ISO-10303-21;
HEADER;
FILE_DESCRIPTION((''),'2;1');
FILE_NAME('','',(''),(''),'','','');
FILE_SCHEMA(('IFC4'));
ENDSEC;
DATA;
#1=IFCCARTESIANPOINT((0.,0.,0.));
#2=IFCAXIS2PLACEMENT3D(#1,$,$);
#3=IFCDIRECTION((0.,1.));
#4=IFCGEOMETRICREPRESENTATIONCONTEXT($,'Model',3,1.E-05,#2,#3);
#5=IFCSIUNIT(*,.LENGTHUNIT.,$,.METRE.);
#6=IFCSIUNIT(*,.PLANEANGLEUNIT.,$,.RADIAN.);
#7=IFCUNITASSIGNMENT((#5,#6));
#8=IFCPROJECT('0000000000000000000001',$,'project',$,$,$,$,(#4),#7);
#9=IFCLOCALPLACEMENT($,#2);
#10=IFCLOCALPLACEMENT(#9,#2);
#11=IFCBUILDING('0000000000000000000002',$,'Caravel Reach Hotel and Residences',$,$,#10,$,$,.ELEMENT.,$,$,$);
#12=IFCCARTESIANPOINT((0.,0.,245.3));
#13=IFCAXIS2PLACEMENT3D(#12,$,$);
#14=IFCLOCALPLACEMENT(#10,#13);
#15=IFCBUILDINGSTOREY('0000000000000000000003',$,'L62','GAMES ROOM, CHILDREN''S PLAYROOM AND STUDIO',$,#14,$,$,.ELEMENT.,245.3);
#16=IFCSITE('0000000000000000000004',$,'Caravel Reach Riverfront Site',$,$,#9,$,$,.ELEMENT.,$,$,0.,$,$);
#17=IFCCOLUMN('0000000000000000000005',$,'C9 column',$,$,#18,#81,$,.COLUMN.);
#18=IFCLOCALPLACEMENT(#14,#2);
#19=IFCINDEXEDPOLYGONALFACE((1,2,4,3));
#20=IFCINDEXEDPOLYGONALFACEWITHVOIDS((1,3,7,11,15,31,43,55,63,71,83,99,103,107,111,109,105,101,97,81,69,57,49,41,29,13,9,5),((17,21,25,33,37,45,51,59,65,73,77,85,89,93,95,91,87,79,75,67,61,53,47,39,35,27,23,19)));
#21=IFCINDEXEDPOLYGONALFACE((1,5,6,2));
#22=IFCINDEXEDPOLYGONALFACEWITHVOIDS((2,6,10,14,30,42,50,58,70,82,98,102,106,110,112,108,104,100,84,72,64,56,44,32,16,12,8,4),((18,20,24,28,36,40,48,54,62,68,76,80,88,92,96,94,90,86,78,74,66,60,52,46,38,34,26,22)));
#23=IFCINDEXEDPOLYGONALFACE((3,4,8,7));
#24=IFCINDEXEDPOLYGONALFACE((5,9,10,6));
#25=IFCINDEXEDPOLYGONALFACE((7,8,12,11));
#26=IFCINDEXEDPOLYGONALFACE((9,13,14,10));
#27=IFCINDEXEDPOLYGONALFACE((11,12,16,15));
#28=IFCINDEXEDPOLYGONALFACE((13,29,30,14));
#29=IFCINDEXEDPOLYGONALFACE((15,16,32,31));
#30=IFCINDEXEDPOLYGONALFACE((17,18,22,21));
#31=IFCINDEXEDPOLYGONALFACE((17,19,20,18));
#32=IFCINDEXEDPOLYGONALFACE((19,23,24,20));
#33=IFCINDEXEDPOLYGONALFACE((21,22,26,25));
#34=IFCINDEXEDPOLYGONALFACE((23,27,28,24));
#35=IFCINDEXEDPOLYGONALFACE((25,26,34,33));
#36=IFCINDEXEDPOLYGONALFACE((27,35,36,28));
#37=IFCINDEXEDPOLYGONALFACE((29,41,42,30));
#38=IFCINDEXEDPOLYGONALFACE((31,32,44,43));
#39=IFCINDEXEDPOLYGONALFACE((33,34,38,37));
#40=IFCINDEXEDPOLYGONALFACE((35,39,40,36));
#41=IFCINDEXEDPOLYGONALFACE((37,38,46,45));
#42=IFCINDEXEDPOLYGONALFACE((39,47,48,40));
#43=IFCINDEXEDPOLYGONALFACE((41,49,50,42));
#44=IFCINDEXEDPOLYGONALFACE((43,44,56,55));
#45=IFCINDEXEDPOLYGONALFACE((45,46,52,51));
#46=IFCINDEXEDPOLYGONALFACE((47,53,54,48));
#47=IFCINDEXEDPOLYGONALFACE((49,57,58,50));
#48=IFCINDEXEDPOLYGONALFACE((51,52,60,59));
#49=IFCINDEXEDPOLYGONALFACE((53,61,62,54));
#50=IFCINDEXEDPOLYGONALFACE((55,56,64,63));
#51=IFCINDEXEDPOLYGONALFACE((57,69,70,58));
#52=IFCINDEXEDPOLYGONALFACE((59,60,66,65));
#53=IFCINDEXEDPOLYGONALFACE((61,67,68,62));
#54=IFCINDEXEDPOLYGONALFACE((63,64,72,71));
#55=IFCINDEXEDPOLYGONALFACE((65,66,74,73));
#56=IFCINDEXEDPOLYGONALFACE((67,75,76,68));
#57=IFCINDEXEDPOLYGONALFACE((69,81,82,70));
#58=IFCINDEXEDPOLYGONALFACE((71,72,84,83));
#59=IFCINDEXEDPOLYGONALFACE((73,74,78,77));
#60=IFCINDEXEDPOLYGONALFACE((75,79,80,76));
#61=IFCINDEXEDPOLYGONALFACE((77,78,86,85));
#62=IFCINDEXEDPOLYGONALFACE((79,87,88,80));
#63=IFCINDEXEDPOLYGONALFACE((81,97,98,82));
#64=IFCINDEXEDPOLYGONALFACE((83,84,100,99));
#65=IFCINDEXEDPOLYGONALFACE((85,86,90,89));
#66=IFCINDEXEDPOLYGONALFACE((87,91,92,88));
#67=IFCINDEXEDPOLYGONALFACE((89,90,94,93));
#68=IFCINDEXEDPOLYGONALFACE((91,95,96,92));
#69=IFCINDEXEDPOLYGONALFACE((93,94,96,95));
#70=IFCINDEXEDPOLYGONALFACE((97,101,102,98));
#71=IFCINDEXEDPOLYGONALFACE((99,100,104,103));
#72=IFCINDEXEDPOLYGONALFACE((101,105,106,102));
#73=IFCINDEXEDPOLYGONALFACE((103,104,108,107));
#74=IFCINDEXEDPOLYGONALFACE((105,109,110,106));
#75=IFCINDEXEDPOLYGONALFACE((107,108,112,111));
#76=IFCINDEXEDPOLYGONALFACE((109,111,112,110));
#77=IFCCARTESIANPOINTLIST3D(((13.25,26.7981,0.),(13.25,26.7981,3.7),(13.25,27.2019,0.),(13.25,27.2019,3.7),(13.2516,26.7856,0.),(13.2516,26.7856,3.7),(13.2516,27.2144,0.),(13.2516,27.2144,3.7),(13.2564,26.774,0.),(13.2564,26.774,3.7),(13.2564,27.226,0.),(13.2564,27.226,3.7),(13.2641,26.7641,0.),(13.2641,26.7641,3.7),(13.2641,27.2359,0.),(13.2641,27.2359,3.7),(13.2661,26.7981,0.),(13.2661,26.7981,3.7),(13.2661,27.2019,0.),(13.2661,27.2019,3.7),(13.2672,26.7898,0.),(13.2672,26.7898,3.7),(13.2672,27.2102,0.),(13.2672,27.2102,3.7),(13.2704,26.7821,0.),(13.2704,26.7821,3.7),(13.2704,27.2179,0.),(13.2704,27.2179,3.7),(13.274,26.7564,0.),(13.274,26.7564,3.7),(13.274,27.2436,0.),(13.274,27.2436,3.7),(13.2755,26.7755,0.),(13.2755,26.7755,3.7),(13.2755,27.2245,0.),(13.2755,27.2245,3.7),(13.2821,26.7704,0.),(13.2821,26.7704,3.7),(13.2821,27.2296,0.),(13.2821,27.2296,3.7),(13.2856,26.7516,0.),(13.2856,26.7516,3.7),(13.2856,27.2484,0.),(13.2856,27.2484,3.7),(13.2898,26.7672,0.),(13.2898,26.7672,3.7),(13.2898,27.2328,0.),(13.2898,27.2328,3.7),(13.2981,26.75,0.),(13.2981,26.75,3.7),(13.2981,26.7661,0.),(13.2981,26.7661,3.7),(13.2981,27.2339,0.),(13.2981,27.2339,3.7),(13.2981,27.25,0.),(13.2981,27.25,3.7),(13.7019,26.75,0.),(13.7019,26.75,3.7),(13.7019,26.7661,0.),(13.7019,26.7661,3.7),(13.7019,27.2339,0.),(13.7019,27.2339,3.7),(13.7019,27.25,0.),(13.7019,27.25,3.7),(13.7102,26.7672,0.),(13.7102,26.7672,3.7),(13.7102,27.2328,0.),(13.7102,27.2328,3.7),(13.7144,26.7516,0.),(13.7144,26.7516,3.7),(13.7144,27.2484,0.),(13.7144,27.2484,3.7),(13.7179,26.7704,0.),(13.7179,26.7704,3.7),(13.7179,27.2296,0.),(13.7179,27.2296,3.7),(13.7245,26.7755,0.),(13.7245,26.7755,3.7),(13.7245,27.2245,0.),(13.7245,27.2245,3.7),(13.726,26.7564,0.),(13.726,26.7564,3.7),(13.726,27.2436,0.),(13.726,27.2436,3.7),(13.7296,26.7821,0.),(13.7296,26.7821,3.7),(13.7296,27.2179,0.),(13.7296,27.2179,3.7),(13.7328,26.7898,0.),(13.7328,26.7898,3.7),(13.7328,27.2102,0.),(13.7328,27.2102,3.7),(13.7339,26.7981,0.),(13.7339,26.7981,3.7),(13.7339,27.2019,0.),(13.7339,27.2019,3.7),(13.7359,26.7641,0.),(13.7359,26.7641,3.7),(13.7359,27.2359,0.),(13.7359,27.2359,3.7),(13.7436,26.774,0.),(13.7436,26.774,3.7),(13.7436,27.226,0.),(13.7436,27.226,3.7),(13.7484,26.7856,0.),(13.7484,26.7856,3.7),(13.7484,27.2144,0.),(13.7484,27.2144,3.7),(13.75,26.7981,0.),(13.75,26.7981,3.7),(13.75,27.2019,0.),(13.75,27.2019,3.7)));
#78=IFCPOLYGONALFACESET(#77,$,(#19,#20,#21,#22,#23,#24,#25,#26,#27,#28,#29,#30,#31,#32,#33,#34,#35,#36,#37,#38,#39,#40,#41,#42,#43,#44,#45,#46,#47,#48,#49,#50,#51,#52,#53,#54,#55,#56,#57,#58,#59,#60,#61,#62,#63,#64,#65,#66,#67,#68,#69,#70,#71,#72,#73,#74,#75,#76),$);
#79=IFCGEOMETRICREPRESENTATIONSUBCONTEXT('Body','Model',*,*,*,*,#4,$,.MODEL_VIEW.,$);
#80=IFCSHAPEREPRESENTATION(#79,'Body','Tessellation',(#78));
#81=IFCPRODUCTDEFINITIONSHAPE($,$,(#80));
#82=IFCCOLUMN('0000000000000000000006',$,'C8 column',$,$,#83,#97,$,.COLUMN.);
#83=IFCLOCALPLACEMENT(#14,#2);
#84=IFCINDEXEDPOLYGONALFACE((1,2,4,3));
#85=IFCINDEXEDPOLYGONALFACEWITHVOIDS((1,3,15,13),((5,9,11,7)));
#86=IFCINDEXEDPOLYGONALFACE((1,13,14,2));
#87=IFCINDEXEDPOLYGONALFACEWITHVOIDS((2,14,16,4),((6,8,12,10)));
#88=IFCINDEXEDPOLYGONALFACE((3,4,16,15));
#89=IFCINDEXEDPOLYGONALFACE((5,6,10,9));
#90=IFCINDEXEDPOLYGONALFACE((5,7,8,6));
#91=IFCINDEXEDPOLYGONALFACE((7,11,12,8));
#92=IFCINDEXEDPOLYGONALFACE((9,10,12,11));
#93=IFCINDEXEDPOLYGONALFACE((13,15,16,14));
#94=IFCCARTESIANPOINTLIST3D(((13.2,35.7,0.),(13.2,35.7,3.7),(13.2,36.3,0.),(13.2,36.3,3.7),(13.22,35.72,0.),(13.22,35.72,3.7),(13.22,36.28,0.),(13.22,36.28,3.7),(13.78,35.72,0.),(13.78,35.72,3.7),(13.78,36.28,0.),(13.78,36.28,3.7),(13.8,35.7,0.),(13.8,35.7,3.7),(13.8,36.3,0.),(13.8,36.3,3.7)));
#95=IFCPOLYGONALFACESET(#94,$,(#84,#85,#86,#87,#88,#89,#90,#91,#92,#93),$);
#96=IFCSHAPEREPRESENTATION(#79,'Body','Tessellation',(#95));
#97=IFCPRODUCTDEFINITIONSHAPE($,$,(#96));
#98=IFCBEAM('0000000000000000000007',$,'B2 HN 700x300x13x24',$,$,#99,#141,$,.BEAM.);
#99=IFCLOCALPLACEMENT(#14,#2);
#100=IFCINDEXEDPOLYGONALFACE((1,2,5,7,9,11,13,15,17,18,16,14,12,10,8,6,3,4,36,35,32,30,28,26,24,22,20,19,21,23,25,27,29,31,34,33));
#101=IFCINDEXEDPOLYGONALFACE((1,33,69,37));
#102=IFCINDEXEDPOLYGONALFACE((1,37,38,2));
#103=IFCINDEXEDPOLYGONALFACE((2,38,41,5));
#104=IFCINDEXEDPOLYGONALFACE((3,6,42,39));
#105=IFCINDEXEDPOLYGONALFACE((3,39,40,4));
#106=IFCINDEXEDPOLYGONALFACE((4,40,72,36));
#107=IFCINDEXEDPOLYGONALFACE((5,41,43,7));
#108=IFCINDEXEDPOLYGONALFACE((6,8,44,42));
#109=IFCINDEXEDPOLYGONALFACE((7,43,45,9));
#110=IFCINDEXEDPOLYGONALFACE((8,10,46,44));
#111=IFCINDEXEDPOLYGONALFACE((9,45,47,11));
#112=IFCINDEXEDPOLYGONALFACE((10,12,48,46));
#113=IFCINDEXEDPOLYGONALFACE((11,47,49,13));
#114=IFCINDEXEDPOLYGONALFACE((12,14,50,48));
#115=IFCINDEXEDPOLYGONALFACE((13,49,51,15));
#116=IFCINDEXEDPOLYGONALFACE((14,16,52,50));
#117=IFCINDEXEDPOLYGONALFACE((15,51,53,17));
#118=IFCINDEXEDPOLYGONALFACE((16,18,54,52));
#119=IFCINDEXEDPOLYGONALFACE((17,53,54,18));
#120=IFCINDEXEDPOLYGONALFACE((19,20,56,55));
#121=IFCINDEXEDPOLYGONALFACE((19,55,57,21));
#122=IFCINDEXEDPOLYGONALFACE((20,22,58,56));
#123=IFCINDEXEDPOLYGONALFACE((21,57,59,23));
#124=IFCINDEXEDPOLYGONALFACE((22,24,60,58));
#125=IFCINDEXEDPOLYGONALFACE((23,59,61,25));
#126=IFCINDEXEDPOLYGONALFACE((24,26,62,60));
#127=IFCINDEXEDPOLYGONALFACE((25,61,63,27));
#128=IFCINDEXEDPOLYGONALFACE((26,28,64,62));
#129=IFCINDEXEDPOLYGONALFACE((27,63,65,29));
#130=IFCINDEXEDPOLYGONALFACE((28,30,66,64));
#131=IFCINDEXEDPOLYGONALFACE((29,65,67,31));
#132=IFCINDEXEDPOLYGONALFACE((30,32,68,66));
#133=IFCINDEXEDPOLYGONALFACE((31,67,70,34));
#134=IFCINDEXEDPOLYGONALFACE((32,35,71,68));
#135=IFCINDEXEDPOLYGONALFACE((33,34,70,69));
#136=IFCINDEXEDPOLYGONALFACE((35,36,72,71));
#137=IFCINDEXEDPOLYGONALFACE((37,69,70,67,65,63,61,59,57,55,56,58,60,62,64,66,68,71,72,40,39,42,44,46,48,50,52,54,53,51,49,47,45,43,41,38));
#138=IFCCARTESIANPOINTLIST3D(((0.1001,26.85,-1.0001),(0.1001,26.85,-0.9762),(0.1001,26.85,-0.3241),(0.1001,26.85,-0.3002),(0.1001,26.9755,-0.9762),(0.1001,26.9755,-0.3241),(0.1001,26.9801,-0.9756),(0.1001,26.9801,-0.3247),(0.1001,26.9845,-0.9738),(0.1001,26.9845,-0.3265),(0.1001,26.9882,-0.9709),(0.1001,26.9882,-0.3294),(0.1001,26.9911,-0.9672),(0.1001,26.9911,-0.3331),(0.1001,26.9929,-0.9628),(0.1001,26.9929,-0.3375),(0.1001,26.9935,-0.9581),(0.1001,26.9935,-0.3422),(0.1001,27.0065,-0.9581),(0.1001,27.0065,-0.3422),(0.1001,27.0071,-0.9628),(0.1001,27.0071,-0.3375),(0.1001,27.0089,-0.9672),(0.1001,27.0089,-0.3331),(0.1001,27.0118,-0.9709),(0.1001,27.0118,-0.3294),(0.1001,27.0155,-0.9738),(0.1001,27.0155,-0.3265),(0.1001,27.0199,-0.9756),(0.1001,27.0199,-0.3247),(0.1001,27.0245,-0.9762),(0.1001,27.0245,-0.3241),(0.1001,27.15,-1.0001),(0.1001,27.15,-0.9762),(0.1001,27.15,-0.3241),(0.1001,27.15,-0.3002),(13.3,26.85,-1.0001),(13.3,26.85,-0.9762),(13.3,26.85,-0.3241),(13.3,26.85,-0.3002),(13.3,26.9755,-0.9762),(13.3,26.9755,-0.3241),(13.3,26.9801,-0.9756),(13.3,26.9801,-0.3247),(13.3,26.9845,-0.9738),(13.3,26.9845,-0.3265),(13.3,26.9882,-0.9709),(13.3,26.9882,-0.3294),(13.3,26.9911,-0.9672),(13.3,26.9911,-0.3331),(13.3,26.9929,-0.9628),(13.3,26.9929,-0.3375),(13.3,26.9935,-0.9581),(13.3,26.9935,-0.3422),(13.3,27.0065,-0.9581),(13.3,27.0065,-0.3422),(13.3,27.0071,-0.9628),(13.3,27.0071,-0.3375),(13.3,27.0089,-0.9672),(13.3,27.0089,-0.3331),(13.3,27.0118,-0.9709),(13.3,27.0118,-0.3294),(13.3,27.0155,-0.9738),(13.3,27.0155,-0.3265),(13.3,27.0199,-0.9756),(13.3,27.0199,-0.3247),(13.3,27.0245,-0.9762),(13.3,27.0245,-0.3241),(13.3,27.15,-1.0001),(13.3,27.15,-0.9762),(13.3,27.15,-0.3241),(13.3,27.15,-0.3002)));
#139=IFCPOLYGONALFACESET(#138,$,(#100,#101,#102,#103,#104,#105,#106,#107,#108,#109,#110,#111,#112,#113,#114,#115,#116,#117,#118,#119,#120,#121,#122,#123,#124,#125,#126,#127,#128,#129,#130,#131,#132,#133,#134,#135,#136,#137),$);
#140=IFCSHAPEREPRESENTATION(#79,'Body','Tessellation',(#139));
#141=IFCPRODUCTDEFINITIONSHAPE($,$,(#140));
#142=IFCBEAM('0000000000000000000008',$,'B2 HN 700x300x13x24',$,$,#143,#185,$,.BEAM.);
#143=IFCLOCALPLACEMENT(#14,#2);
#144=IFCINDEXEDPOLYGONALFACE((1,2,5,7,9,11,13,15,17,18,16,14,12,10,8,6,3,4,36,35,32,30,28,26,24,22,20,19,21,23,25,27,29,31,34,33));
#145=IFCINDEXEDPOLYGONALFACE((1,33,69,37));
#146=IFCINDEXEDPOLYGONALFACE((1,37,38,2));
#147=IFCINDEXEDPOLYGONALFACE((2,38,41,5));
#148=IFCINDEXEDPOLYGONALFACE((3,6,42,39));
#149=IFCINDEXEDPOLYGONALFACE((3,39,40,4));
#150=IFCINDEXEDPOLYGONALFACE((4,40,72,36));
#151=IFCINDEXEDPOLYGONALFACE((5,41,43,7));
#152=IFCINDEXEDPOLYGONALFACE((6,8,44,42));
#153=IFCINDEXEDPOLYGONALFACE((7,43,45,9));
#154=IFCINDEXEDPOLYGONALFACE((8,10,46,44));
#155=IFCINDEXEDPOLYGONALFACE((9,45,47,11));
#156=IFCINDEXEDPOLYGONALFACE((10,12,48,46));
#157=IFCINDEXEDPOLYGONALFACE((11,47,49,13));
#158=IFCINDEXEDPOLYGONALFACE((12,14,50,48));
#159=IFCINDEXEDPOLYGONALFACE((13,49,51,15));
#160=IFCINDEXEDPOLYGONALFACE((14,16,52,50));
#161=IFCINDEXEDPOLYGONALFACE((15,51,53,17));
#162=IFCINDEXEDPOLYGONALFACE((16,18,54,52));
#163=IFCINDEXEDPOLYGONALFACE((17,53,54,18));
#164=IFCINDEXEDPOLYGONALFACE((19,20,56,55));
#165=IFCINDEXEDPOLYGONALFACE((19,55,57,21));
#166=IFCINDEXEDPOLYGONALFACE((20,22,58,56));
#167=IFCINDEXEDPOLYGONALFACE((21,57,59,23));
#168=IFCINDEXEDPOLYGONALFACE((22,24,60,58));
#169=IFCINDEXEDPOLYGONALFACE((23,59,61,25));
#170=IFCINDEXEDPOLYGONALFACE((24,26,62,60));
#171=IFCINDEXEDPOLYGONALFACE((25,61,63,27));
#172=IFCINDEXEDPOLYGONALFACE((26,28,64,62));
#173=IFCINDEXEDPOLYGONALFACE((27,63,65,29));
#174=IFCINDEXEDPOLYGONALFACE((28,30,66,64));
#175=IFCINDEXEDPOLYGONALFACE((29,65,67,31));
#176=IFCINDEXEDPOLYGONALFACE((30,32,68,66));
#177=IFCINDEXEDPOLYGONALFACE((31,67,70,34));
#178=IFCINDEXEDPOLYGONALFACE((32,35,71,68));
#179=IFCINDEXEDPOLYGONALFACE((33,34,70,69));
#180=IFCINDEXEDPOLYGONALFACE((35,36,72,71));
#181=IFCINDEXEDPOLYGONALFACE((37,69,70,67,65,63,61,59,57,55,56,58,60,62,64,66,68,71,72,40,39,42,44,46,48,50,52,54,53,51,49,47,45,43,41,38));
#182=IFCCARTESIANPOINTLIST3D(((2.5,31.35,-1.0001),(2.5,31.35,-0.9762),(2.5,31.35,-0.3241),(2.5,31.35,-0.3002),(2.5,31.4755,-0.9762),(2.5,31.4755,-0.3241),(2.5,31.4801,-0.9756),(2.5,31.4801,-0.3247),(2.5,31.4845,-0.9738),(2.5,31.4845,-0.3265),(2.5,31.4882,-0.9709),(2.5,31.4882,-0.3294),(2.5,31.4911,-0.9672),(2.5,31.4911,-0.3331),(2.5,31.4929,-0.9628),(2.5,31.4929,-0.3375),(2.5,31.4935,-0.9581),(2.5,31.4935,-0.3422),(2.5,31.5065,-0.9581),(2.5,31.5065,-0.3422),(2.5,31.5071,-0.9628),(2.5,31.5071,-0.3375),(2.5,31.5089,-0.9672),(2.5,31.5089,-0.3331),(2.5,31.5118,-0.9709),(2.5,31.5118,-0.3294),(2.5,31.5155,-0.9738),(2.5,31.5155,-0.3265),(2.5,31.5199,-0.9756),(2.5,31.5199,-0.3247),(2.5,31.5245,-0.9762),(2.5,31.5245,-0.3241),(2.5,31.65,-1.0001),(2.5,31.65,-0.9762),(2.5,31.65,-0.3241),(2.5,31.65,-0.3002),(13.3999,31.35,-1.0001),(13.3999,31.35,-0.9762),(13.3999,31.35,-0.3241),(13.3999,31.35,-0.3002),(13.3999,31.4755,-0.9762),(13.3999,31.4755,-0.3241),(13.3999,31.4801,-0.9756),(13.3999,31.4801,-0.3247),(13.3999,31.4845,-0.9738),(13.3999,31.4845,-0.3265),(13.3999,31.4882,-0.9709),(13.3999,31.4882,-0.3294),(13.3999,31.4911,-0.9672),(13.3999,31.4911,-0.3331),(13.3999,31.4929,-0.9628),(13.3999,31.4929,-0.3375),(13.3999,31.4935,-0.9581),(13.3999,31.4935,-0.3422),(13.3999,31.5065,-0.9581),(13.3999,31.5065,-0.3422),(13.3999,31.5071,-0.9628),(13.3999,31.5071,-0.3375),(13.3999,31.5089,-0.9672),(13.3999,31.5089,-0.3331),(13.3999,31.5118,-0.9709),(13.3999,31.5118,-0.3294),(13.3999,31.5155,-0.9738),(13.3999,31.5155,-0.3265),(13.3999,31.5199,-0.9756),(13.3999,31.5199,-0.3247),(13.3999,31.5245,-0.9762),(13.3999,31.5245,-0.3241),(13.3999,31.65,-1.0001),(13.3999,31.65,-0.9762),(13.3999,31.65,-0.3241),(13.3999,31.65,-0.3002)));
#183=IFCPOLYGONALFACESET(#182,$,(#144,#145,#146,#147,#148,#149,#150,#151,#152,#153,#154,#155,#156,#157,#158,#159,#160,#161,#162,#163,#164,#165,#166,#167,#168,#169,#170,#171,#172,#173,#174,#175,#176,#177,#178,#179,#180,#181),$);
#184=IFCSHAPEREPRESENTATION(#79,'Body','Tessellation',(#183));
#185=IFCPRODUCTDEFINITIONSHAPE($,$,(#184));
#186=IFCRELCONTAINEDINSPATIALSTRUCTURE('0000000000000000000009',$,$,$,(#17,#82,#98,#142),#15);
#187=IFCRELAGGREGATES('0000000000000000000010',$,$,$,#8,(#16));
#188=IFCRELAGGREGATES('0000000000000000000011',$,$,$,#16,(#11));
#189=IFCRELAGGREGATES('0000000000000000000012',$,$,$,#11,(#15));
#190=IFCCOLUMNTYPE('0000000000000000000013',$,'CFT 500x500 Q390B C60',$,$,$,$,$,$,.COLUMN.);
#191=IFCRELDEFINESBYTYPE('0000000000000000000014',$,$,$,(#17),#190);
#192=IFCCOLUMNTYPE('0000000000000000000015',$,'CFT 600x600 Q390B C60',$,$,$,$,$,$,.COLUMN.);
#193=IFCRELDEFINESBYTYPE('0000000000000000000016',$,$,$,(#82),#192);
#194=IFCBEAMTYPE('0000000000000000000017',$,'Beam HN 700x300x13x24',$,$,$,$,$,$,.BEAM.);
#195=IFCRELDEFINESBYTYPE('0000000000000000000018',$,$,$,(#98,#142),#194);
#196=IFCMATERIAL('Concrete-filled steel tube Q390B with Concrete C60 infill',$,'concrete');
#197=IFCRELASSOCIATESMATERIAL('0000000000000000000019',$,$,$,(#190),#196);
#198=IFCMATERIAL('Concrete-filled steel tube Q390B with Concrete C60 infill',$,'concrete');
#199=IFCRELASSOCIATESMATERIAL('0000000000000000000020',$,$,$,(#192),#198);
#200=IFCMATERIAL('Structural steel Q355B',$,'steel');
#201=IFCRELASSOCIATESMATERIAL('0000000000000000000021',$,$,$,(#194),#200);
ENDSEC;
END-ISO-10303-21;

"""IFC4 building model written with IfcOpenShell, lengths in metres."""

from ifc_helpers import new_model, si_unit, direction, frame, origin, origin_2d, place, context, subcontext, project, spatial, hollow_rectangle, i_section, extrude, material, material_profile, profile_set, type_object, element, save


model = new_model("IFC4")

# Units and contexts
model_context = context("Model", 3, precision=1e-05, world=origin(), true_north=direction((0.0, 1.0)))
body_context = subcontext(model_context, "Body", "Model", "MODEL_VIEW")
ifc_project = project(units=[si_unit("LENGTHUNIT", "METRE"), si_unit("PLANEANGLEUNIT", "RADIAN")], contexts=[model_context])

# Site, building, storey
site_placement = place(None, origin())
site = spatial("IfcSite", under=ifc_project, at=site_placement, Name="Caravel Reach Riverfront Site", CompositionType="ELEMENT", RefElevation=0.0)
building_placement = place(site_placement, origin())
building = spatial("IfcBuilding", under=site, at=building_placement, Name="Caravel Reach Hotel and Residences", CompositionType="ELEMENT")
storey_placement = place(building_placement, frame((0.0, 0.0, 245.3)))
storey = spatial("IfcBuildingStorey", under=building, at=storey_placement, Name="L62", Description="GAMES ROOM, CHILDREN'S PLAYROOM AND STUDIO", CompositionType="ELEMENT", Elevation=245.3)

# Columns
ifc_material_1 = material(Name="Concrete-filled steel tube Q390B with Concrete C60 infill", Category="concrete")
ifc_material_profile_1 = material_profile(ifc_material_1, hollow_rectangle(XDim=0.5, YDim=0.5, WallThickness=0.0161, InnerFilletRadius=0.032, OuterFilletRadius=0.0481, at=origin_2d()), Name="RHS 500x500x16")
ifc_profile_set_1 = profile_set([ifc_material_profile_1], Name="Concrete-filled steel tube Q390B with Concrete C60 infill")
column_type_1 = type_object("IfcColumnType", Name="CFT 500x500 Q390B C60", PredefinedType="COLUMN", material=ifc_profile_set_1)
column_1_placement = place(storey_placement, frame((13.5, 27.0, 0.0), z_axis=(0.0, 0.0, 1.0), x_axis=(1.0, 0.0, 0.0)))
element("IfcColumn", 1, at=column_1_placement, inside=storey, type_object=column_type_1, Name="C9 column", PredefinedType="COLUMN", context=body_context, shape_type="SweptSolid", body=[
    extrude(hollow_rectangle(XDim=0.5, YDim=0.5, WallThickness=0.0161, InnerFilletRadius=0.032, OuterFilletRadius=0.0481, at=origin_2d()), origin(), (0.0, 0.0, 1.0), 3.7),
])
ifc_material_2 = material(Name="Concrete-filled steel tube Q390B with Concrete C60 infill", Category="concrete")
ifc_material_profile_2 = material_profile(ifc_material_2, hollow_rectangle(XDim=0.6001, YDim=0.6001, WallThickness=0.02, at=origin_2d()), Name="RHS 600x600x20")
ifc_profile_set_2 = profile_set([ifc_material_profile_2], Name="Concrete-filled steel tube Q390B with Concrete C60 infill")
column_type_2 = type_object("IfcColumnType", Name="CFT 600x600 Q390B C60", PredefinedType="COLUMN", material=ifc_profile_set_2)
column_2_placement = place(storey_placement, frame((13.5, 36.0, 0.0), z_axis=(0.0, 0.0, 1.0), x_axis=(1.0, 0.0, 0.0)))
element("IfcColumn", 2, at=column_2_placement, inside=storey, type_object=column_type_2, Name="C8 column", PredefinedType="COLUMN", context=body_context, shape_type="SweptSolid", body=[
    extrude(hollow_rectangle(XDim=0.6001, YDim=0.6001, WallThickness=0.02, at=origin_2d()), origin(), (0.0, 0.0, 1.0), 3.7),
])

# Beams
ifc_material_3 = material(Name="Structural steel Q355B", Category="steel")
ifc_material_profile_3 = material_profile(ifc_material_3, i_section(OverallWidth=0.3, OverallDepth=0.7, WebThickness=0.0129, FlangeThickness=0.0239, FilletRadius=0.0181, at=origin_2d()), Name="HN 700x300x13x24")
ifc_profile_set_3 = profile_set([ifc_material_profile_3], Name="Structural steel Q355B")
beam_type_1 = type_object("IfcBeamType", Name="Beam HN 700x300x13x24", PredefinedType="BEAM", material=ifc_profile_set_3)
beam_1_placement = place(storey_placement, frame((13.3, 27.0, -0.6501), z_axis=(-1.0, 0.0, 0.0), x_axis=(0.0, -1.0, 0.0)))
element("IfcBeam", 3, at=beam_1_placement, inside=storey, type_object=beam_type_1, Name="B2 HN 700x300x13x24", PredefinedType="BEAM", context=body_context, shape_type="SweptSolid", body=[
    extrude(i_section(OverallWidth=0.3, OverallDepth=0.7, WebThickness=0.0129, FlangeThickness=0.0239, FilletRadius=0.0181, at=origin_2d()), origin(), (0.0, 0.0, 1.0), 13.2),
])
beam_2_placement = place(storey_placement, frame((13.3999, 31.5, -0.6501), z_axis=(-1.0, 0.0, 0.0), x_axis=(0.0, -1.0, 0.0)))
element("IfcBeam", 4, at=beam_2_placement, inside=storey, type_object=beam_type_1, Name="B2 HN 700x300x13x24", PredefinedType="BEAM", context=body_context, shape_type="SweptSolid", body=[
    extrude(i_section(OverallWidth=0.3, OverallDepth=0.7, WebThickness=0.0129, FlangeThickness=0.0239, FilletRadius=0.0181, at=origin_2d()), origin(), (0.0, 0.0, 1.0), 10.8999),
])

save(model, "model.ifc")
